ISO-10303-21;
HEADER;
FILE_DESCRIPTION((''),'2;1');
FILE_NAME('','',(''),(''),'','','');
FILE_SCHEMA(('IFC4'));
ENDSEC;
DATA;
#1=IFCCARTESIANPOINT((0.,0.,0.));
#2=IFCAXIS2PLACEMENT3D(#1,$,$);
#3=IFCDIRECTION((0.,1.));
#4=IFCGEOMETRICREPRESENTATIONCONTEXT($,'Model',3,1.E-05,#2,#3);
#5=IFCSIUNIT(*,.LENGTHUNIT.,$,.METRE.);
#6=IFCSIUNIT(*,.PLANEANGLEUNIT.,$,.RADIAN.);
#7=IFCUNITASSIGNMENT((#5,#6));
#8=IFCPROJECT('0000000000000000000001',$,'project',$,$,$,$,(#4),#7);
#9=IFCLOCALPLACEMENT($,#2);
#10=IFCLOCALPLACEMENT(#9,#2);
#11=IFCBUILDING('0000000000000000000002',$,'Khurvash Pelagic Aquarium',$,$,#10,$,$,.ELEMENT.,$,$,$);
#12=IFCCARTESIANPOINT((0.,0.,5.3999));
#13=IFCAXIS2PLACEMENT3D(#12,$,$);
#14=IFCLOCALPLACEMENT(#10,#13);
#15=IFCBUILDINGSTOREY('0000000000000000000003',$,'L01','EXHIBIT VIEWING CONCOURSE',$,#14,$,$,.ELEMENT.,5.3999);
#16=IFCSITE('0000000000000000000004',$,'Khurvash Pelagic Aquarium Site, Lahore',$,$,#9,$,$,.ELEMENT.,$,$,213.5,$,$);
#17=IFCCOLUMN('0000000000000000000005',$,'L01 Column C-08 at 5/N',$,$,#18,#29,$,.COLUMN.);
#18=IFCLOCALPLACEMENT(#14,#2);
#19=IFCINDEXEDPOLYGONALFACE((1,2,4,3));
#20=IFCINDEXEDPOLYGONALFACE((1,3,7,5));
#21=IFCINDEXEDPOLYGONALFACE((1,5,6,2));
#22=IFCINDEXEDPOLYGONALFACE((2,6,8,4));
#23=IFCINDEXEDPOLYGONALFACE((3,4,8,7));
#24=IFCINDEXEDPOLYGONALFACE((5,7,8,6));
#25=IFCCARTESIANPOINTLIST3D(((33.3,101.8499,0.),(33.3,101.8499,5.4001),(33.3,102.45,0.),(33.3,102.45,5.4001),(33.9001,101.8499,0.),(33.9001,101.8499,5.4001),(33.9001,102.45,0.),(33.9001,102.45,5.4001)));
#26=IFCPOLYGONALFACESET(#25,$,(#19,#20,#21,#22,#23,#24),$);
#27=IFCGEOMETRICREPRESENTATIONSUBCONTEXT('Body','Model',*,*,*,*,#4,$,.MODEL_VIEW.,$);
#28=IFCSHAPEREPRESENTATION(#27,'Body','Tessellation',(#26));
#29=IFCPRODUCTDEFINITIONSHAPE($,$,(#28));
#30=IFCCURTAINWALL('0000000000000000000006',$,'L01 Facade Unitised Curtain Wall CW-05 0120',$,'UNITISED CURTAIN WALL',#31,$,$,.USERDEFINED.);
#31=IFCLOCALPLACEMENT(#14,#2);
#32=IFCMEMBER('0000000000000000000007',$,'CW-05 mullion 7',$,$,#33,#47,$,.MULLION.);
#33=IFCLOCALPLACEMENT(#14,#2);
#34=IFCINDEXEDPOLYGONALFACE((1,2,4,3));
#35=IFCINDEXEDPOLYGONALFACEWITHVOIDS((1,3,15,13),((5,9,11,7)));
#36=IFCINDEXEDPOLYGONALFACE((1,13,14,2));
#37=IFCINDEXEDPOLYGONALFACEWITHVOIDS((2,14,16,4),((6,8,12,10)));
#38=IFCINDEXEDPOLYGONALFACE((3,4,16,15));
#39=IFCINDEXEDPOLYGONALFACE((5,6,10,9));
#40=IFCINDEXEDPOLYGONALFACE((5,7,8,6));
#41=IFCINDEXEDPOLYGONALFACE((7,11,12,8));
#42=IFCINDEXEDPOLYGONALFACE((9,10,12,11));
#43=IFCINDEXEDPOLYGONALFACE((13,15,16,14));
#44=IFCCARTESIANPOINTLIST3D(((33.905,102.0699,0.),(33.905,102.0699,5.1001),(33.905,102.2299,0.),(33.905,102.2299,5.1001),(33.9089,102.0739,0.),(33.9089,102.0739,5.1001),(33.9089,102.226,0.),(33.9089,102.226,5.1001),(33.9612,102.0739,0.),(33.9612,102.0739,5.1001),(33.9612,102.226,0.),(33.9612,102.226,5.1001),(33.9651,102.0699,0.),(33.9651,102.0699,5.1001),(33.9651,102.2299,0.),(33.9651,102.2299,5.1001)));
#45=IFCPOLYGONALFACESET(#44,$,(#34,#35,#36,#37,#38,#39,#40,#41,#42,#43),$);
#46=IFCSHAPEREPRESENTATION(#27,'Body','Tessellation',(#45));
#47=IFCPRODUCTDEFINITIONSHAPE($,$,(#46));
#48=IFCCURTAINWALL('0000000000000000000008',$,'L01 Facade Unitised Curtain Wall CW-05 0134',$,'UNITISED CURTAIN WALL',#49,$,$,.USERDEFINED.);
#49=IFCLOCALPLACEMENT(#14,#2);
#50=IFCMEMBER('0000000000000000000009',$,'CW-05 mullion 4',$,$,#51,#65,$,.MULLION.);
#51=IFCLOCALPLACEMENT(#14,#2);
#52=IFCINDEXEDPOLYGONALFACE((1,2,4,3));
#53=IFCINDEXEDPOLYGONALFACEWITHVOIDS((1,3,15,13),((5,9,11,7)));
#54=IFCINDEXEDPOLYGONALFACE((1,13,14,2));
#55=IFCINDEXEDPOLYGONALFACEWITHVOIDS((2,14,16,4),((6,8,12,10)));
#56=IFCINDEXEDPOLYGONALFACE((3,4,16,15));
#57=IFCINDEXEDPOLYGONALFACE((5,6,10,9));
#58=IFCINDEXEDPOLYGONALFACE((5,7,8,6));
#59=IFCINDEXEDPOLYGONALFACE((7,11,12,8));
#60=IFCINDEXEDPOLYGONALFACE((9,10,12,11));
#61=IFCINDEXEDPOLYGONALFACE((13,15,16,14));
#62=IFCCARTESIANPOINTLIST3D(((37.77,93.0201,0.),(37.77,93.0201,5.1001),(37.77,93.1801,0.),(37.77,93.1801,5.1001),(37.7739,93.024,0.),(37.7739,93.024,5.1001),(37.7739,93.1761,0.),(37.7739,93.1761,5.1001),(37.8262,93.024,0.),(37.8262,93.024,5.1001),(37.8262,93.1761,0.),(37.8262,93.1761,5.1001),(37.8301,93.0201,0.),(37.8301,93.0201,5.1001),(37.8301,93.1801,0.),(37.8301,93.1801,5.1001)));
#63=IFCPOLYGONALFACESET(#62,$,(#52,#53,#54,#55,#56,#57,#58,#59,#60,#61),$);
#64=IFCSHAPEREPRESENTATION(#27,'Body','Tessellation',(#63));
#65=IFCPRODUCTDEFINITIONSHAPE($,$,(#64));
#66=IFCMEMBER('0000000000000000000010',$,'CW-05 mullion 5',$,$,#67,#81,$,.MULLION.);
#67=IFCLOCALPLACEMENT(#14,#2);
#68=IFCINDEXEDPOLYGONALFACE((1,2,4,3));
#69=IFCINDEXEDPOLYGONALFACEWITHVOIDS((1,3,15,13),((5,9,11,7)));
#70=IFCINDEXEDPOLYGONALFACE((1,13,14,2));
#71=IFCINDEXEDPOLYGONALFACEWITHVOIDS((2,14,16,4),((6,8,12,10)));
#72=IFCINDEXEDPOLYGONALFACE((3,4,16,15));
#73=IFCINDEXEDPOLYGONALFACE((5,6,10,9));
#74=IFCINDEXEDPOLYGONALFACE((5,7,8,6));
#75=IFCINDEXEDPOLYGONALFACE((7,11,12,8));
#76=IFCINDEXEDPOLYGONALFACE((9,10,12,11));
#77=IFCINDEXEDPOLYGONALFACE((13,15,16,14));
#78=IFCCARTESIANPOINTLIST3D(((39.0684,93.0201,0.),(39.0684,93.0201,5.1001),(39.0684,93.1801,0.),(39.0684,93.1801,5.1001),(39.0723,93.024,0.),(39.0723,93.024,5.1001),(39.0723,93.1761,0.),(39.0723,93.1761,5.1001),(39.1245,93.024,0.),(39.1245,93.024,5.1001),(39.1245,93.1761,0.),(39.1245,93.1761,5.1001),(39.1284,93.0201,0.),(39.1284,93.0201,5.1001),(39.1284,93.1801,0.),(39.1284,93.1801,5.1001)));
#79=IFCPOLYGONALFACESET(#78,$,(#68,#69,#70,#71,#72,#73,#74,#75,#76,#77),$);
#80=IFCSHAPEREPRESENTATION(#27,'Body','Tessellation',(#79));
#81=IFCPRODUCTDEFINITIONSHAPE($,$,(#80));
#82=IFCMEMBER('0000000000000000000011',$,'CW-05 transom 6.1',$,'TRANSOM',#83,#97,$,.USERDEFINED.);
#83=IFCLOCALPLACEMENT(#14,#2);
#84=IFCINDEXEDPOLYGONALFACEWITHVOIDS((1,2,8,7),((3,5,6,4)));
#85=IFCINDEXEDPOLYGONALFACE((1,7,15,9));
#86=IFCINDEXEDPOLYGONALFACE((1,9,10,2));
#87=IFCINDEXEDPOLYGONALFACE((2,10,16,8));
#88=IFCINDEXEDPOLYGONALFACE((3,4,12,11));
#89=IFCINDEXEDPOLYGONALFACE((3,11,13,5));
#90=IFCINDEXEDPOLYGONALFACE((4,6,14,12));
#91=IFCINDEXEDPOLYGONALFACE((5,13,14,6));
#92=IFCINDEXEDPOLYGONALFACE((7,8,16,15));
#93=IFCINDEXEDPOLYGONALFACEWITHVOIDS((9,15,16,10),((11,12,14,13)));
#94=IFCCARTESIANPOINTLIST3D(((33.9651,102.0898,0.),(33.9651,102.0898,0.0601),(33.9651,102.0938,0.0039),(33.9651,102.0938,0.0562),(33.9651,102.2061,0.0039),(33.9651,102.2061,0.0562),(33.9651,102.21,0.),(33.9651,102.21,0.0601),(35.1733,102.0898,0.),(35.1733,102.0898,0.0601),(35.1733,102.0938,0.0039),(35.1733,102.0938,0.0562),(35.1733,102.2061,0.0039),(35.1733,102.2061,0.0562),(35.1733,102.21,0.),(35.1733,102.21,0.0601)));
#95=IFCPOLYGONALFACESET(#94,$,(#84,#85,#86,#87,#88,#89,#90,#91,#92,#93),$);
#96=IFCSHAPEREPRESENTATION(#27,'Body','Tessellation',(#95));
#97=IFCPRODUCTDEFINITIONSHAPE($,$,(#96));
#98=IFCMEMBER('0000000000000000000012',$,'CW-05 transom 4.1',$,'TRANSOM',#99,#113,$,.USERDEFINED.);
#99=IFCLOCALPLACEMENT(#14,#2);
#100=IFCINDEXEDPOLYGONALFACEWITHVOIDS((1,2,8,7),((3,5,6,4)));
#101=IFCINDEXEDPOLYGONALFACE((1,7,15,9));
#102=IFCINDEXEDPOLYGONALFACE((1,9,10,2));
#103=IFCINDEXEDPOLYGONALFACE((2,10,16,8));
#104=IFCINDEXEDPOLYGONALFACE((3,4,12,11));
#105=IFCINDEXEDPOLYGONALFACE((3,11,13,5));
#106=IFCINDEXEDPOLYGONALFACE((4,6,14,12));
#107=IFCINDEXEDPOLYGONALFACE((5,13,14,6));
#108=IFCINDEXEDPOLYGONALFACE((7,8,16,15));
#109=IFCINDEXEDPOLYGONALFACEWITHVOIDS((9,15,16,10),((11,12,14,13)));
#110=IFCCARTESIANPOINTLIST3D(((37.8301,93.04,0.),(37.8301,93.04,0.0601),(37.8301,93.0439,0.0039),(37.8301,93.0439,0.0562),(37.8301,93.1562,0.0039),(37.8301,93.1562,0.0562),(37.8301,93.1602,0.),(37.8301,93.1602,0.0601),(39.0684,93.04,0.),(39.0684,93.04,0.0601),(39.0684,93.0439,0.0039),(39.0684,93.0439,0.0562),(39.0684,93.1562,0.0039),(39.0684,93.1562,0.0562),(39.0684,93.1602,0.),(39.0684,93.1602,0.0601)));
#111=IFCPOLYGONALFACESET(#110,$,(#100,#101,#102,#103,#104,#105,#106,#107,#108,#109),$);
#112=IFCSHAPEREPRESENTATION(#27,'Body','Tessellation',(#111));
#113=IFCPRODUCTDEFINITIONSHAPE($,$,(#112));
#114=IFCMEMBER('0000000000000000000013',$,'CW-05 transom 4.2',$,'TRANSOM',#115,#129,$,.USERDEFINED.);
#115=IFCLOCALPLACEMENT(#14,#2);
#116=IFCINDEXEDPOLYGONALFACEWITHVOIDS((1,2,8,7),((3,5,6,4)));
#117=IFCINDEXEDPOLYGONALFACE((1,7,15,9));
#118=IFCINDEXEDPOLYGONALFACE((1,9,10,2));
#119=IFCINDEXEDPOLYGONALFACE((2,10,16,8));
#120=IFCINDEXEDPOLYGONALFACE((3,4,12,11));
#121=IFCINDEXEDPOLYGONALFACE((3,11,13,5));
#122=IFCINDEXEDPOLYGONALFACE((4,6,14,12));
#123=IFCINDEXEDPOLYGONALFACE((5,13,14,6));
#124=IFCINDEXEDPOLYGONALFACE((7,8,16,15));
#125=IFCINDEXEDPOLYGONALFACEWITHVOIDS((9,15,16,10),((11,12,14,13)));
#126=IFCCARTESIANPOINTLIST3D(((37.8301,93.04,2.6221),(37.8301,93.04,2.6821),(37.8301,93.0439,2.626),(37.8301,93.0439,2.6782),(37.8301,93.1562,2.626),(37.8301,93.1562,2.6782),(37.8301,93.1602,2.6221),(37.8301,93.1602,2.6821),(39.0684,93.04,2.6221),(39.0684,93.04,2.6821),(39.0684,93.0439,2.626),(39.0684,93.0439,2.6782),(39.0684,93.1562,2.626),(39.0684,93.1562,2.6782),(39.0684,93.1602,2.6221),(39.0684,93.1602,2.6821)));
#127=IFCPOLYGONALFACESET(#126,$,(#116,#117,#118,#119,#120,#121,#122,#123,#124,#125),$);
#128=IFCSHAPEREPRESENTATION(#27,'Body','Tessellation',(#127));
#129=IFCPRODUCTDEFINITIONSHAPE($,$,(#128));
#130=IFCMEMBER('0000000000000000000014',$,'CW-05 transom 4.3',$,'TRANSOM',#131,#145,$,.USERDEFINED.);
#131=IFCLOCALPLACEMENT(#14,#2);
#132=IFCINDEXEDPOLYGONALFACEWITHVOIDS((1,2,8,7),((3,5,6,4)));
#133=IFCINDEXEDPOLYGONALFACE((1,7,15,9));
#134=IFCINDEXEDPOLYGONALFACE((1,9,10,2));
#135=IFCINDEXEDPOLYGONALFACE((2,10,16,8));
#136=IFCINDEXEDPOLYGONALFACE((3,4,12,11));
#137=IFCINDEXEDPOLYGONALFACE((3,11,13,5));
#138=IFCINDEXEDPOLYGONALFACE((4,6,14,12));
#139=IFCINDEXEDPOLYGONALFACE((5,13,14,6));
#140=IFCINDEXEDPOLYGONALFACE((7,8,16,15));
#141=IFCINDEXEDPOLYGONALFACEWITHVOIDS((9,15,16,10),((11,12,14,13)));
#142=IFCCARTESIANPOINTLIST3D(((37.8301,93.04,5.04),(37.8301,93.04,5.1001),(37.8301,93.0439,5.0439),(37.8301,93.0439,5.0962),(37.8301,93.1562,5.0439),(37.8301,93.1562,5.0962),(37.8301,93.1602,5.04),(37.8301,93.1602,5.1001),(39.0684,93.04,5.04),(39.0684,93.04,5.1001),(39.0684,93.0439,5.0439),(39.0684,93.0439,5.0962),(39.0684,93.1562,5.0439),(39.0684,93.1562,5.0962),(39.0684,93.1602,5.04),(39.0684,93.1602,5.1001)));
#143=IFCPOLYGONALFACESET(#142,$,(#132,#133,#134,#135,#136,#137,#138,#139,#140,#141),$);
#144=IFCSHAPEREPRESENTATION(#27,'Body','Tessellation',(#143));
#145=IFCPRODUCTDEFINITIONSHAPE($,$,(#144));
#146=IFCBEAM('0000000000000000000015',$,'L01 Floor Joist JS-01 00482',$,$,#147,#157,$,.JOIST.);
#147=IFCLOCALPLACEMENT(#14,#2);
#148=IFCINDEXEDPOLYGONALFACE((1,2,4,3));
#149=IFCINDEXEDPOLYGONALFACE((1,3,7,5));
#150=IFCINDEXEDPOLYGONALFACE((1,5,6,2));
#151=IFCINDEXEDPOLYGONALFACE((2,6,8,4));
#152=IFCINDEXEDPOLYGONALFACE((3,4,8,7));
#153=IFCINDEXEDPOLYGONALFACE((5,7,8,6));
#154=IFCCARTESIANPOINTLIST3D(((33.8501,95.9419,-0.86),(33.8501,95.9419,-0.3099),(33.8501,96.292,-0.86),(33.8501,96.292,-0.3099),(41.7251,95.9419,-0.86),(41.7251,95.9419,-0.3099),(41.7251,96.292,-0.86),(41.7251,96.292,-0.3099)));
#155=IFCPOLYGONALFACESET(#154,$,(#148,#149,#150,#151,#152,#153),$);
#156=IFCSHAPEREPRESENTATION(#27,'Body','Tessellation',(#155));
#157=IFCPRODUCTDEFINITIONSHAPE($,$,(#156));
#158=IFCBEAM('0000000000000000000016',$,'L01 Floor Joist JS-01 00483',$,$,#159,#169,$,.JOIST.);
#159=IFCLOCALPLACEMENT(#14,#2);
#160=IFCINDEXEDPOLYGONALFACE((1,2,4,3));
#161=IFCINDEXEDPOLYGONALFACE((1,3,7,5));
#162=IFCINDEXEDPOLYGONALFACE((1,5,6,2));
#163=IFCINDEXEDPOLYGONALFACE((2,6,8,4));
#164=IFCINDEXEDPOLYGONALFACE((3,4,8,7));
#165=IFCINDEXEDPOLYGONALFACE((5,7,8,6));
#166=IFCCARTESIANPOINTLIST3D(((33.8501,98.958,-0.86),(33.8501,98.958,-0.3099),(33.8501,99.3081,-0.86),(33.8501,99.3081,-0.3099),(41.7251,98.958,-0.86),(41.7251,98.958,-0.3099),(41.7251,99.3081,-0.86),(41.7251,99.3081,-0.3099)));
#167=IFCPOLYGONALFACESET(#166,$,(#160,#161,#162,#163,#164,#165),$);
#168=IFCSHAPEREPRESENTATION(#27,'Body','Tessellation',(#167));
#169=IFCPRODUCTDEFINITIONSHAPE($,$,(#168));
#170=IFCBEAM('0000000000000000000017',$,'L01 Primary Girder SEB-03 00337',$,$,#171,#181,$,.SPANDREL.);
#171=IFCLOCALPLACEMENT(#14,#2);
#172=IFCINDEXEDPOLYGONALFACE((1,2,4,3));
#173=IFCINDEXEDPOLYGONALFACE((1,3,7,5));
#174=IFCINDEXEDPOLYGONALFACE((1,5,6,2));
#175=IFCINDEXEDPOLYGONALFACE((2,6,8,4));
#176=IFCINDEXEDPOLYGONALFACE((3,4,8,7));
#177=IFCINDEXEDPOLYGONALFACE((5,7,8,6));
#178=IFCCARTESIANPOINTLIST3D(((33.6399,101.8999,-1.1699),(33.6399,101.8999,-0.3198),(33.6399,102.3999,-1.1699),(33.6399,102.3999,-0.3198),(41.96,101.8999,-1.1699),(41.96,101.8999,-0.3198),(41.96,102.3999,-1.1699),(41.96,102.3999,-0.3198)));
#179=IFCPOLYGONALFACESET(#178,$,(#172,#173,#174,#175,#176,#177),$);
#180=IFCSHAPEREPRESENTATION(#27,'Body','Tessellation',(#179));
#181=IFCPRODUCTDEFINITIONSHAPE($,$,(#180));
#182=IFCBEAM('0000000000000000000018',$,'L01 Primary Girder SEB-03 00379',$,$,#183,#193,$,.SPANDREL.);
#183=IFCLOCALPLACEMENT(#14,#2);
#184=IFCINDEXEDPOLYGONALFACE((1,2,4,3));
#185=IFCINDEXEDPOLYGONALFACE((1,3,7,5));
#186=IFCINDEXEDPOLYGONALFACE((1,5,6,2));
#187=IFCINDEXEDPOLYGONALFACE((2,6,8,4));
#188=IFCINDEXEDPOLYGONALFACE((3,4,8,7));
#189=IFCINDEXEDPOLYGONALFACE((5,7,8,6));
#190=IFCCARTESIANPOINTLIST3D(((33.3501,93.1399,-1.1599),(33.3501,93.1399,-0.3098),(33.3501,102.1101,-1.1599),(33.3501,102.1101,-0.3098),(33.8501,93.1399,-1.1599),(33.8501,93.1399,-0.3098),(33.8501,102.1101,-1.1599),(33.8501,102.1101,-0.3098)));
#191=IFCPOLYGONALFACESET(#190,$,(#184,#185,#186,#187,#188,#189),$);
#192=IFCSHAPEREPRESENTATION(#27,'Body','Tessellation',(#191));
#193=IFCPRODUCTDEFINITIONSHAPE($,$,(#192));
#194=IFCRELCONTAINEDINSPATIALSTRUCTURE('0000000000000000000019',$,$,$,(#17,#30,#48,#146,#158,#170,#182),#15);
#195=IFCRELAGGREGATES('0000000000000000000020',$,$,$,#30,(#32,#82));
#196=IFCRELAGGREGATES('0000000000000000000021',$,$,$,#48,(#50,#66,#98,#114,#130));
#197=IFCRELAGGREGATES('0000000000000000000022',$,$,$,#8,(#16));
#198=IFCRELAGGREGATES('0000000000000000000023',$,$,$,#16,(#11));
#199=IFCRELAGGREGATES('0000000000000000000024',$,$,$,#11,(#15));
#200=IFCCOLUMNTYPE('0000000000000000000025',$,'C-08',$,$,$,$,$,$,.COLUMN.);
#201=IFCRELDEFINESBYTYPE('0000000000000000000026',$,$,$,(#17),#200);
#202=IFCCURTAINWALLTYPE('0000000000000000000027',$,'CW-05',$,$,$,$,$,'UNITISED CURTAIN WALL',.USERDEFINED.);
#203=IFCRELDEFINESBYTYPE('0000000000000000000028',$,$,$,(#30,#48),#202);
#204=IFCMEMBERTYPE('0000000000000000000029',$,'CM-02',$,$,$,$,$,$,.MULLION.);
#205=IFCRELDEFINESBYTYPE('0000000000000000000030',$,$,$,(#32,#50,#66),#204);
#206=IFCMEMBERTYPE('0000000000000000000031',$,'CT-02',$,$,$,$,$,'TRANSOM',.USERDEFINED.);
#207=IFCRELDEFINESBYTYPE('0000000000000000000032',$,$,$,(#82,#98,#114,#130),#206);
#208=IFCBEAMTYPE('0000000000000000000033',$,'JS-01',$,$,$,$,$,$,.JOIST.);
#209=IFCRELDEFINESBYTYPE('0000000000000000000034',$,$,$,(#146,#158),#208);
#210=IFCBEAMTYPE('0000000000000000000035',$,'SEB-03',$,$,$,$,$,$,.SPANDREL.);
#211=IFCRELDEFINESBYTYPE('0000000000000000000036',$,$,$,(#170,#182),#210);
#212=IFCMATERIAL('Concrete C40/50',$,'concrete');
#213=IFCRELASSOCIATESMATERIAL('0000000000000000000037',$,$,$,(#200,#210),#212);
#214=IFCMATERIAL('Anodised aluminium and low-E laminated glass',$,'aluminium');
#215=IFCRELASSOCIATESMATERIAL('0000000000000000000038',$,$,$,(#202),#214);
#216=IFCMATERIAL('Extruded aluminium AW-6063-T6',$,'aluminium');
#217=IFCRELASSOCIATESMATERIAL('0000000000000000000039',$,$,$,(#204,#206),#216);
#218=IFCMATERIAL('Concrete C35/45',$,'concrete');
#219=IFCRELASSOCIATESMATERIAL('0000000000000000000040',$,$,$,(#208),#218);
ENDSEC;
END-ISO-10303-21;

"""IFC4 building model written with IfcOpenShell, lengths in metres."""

from ifc_helpers import new_model, si_unit, direction, frame, origin, origin_2d, place, context, subcontext, project, spatial, rectangle, hollow_rectangle, extrude, material, material_profile, profile_set, type_object, element, aggregate, save


model = new_model("IFC4")

# Units and contexts
model_context = context("Model", 3, precision=1e-05, world=origin(), true_north=direction((0.0, 1.0)))
body_context = subcontext(model_context, "Body", "Model", "MODEL_VIEW")
ifc_project = project(units=[si_unit("LENGTHUNIT", "METRE"), si_unit("PLANEANGLEUNIT", "RADIAN")], contexts=[model_context])

# Site, building, storey
site_placement = place(None, origin())
site = spatial("IfcSite", under=ifc_project, at=site_placement, Name="Khurvash Pelagic Aquarium Site, Lahore", CompositionType="ELEMENT", RefElevation=213.5)
building_placement = place(site_placement, origin())
building = spatial("IfcBuilding", under=site, at=building_placement, Name="Khurvash Pelagic Aquarium", CompositionType="ELEMENT")
storey_placement = place(building_placement, frame((0.0, 0.0, 5.3999)))
storey = spatial("IfcBuildingStorey", under=building, at=storey_placement, Name="L01", Description="EXHIBIT VIEWING CONCOURSE", CompositionType="ELEMENT", Elevation=5.3999)

# Column
ifc_material_1 = material(Name="Concrete C40/50", Category="concrete")
ifc_material_profile_1 = material_profile(ifc_material_1, rectangle(XDim=0.6001, YDim=0.6001, at=origin_2d()), Name="RC600X600")
ifc_profile_set_1 = profile_set([ifc_material_profile_1], Name="Concrete C40/50")
column_type = type_object("IfcColumnType", Name="C-08", PredefinedType="COLUMN", material=ifc_profile_set_1)
column_placement = place(storey_placement, frame((33.6001, 102.1499, 0.0), z_axis=(0.0, 0.0, 1.0), x_axis=(1.0, 0.0, 0.0)))
element("IfcColumn", 1, at=column_placement, inside=storey, type_object=column_type, Name="L01 Column C-08 at 5/N", PredefinedType="COLUMN", context=body_context, shape_type="SweptSolid", body=[
    extrude(rectangle(XDim=0.6001, YDim=0.6001, at=origin_2d()), origin(), (0.0, 0.0, 1.0), 5.4001),
])

# Curtain wall, member
ifc_material_2 = material(Name="Anodised aluminium and low-E laminated glass", Category="aluminium")
curtain_wall_type = type_object("IfcCurtainWallType", Name="CW-05", ElementType="UNITISED CURTAIN WALL", PredefinedType="USERDEFINED", material=ifc_material_2)
curtain_wall_1_placement = place(storey_placement, origin())
curtain_wall_1 = element("IfcCurtainWall", 2, at=curtain_wall_1_placement, inside=storey, type_object=curtain_wall_type, Name="L01 Facade Unitised Curtain Wall CW-05 0120", ObjectType="UNITISED CURTAIN WALL", PredefinedType="USERDEFINED")
ifc_material_3 = material(Name="Extruded aluminium AW-6063-T6", Category="aluminium")
ifc_material_profile_2 = material_profile(ifc_material_3, hollow_rectangle(XDim=0.0601, YDim=0.1599, WallThickness=0.0039, at=origin_2d()), Name="CWM60X160X4")
ifc_profile_set_2 = profile_set([ifc_material_profile_2], Name="Extruded aluminium AW-6063-T6")
member_type_1 = type_object("IfcMemberType", Name="CM-02", PredefinedType="MULLION", material=ifc_profile_set_2)
member_1_placement = place(storey_placement, frame((33.9351, 102.1499, 0.0), z_axis=(0.0, 0.0, 1.0), x_axis=(-1.0, 0.0, 0.0)))
member_1 = element("IfcMember", 3, at=member_1_placement, type_object=member_type_1, Name="CW-05 mullion 7", PredefinedType="MULLION", context=body_context, shape_type="SweptSolid", body=[
    extrude(hollow_rectangle(XDim=0.0601, YDim=0.1599, WallThickness=0.0039, at=origin_2d()), origin(), (0.0, 0.0, 1.0), 5.1001),
])

# Curtain wall, members
curtain_wall_2_placement = place(storey_placement, origin())
curtain_wall_2 = element("IfcCurtainWall", 4, at=curtain_wall_2_placement, inside=storey, type_object=curtain_wall_type, Name="L01 Facade Unitised Curtain Wall CW-05 0134", ObjectType="UNITISED CURTAIN WALL", PredefinedType="USERDEFINED")
member_2_placement = place(storey_placement, frame((37.8, 93.1001, 0.0), z_axis=(0.0, 0.0, 1.0), x_axis=(1.0, 0.0, 0.0)))
member_2 = element("IfcMember", 5, at=member_2_placement, type_object=member_type_1, Name="CW-05 mullion 4", PredefinedType="MULLION", context=body_context, shape_type="SweptSolid", body=[
    extrude(hollow_rectangle(XDim=0.0601, YDim=0.1599, WallThickness=0.0039, at=origin_2d()), origin(), (0.0, 0.0, 1.0), 5.1001),
])
member_3_placement = place(storey_placement, frame((39.0984, 93.1001, 0.0), z_axis=(0.0, 0.0, 1.0), x_axis=(1.0, 0.0, 0.0)))
member_3 = element("IfcMember", 6, at=member_3_placement, type_object=member_type_1, Name="CW-05 mullion 5", PredefinedType="MULLION", context=body_context, shape_type="SweptSolid", body=[
    extrude(hollow_rectangle(XDim=0.0601, YDim=0.1599, WallThickness=0.0039, at=origin_2d()), origin(), (0.0, 0.0, 1.0), 5.1001),
])

# Members
ifc_material_profile_3 = material_profile(ifc_material_3, hollow_rectangle(XDim=0.1201, YDim=0.0601, WallThickness=0.0039, at=origin_2d()), Name="CWT120X60X4")
ifc_profile_set_3 = profile_set([ifc_material_profile_3], Name="Extruded aluminium AW-6063-T6")
member_type_2 = type_object("IfcMemberType", Name="CT-02", ElementType="TRANSOM", PredefinedType="USERDEFINED", material=ifc_profile_set_3)
member_4_placement = place(storey_placement, frame((35.1733, 102.1499, 0.03), z_axis=(-1.0, 0.0, 0.0), x_axis=(0.0, -1.0, 0.0)))
member_4 = element("IfcMember", 7, at=member_4_placement, type_object=member_type_2, Name="CW-05 transom 6.1", ObjectType="TRANSOM", PredefinedType="USERDEFINED", context=body_context, shape_type="SweptSolid", body=[
    extrude(hollow_rectangle(XDim=0.1201, YDim=0.0601, WallThickness=0.0039, at=origin_2d()), origin(), (0.0, 0.0, 1.0), 1.2083),
])
member_5_placement = place(storey_placement, frame((37.8301, 93.1001, 0.03), z_axis=(1.0, 0.0, 0.0), x_axis=(0.0, 1.0, 0.0)))
member_5 = element("IfcMember", 8, at=member_5_placement, type_object=member_type_2, Name="CW-05 transom 4.1", ObjectType="TRANSOM", PredefinedType="USERDEFINED", context=body_context, shape_type="SweptSolid", body=[
    extrude(hollow_rectangle(XDim=0.1201, YDim=0.0601, WallThickness=0.0039, at=origin_2d()), origin(), (0.0, 0.0, 1.0), 1.2383),
])
member_6_placement = place(storey_placement, frame((37.8301, 93.1001, 2.6521), z_axis=(1.0, 0.0, 0.0), x_axis=(0.0, 1.0, 0.0)))
member_6 = element("IfcMember", 9, at=member_6_placement, type_object=member_type_2, Name="CW-05 transom 4.2", ObjectType="TRANSOM", PredefinedType="USERDEFINED", context=body_context, shape_type="SweptSolid", body=[
    extrude(hollow_rectangle(XDim=0.1201, YDim=0.0601, WallThickness=0.0039, at=origin_2d()), origin(), (0.0, 0.0, 1.0), 1.2383),
])
member_7_placement = place(storey_placement, frame((37.8301, 93.1001, 5.0701), z_axis=(1.0, 0.0, 0.0), x_axis=(0.0, 1.0, 0.0)))
member_7 = element("IfcMember", 10, at=member_7_placement, type_object=member_type_2, Name="CW-05 transom 4.3", ObjectType="TRANSOM", PredefinedType="USERDEFINED", context=body_context, shape_type="SweptSolid", body=[
    extrude(hollow_rectangle(XDim=0.1201, YDim=0.0601, WallThickness=0.0039, at=origin_2d()), origin(), (0.0, 0.0, 1.0), 1.2383),
])

# Beams
ifc_material_4 = material(Name="Concrete C35/45", Category="concrete")
ifc_material_profile_4 = material_profile(ifc_material_4, rectangle(XDim=0.3501, YDim=0.55, at=origin_2d()), Name="RC350X550")
ifc_profile_set_4 = profile_set([ifc_material_profile_4], Name="Concrete C35/45")
beam_type_1 = type_object("IfcBeamType", Name="JS-01", PredefinedType="JOIST", material=ifc_profile_set_4)
for number, where, z_axis, x_axis, name in (
    (11, (33.8501, 96.1169, -0.585), (1.0, 0.0, 0.0), (0.0, 1.0, 0.0), "L01 Floor Joist JS-01 00482"),
    (12, (33.8501, 99.1331, -0.585), (1.0, 0.0, 0.0), (0.0, 1.0, 0.0), "L01 Floor Joist JS-01 00483"),
):
    element("IfcBeam", number, at=place(storey_placement, frame(where, z_axis=z_axis, x_axis=x_axis)), inside=storey, type_object=beam_type_1, Name=name, PredefinedType="JOIST", context=body_context, shape_type="SweptSolid", body=[
        extrude(rectangle(XDim=0.3501, YDim=0.55, at=origin_2d()), origin(), (0.0, 0.0, 1.0), 7.875),
    ])
ifc_material_profile_5 = material_profile(ifc_material_1, rectangle(XDim=0.5, YDim=0.8501, at=origin_2d()), Name="RC500X850")
ifc_profile_set_5 = profile_set([ifc_material_profile_5], Name="Concrete C40/50")
beam_type_2 = type_object("IfcBeamType", Name="SEB-03", PredefinedType="SPANDREL", material=ifc_profile_set_5)
beam_1_placement = place(storey_placement, frame((33.6399, 102.1499, -0.7449), z_axis=(1.0, 0.0, 0.0), x_axis=(0.0, 1.0, 0.0)))
element("IfcBeam", 13, at=beam_1_placement, inside=storey, type_object=beam_type_2, Name="L01 Primary Girder SEB-03 00337", PredefinedType="SPANDREL", context=body_context, shape_type="SweptSolid", body=[
    extrude(rectangle(XDim=0.5, YDim=0.8501, at=origin_2d()), origin(), (0.0, 0.0, 1.0), 8.3201),
])
beam_2_placement = place(storey_placement, frame((33.6001, 93.1399, -0.7349), z_axis=(0.0, 1.0, 0.0), x_axis=(-1.0, 0.0, 0.0)))
element("IfcBeam", 14, at=beam_2_placement, inside=storey, type_object=beam_type_2, Name="L01 Primary Girder SEB-03 00379", PredefinedType="SPANDREL", context=body_context, shape_type="SweptSolid", body=[
    extrude(rectangle(XDim=0.5, YDim=0.8501, at=origin_2d()), origin(), (0.0, 0.0, 1.0), 8.9702),
])

aggregate(curtain_wall_1, [member_1, member_4])
aggregate(curtain_wall_2, [member_2, member_3, member_5, member_6, member_7])

save(model, "model.ifc")
